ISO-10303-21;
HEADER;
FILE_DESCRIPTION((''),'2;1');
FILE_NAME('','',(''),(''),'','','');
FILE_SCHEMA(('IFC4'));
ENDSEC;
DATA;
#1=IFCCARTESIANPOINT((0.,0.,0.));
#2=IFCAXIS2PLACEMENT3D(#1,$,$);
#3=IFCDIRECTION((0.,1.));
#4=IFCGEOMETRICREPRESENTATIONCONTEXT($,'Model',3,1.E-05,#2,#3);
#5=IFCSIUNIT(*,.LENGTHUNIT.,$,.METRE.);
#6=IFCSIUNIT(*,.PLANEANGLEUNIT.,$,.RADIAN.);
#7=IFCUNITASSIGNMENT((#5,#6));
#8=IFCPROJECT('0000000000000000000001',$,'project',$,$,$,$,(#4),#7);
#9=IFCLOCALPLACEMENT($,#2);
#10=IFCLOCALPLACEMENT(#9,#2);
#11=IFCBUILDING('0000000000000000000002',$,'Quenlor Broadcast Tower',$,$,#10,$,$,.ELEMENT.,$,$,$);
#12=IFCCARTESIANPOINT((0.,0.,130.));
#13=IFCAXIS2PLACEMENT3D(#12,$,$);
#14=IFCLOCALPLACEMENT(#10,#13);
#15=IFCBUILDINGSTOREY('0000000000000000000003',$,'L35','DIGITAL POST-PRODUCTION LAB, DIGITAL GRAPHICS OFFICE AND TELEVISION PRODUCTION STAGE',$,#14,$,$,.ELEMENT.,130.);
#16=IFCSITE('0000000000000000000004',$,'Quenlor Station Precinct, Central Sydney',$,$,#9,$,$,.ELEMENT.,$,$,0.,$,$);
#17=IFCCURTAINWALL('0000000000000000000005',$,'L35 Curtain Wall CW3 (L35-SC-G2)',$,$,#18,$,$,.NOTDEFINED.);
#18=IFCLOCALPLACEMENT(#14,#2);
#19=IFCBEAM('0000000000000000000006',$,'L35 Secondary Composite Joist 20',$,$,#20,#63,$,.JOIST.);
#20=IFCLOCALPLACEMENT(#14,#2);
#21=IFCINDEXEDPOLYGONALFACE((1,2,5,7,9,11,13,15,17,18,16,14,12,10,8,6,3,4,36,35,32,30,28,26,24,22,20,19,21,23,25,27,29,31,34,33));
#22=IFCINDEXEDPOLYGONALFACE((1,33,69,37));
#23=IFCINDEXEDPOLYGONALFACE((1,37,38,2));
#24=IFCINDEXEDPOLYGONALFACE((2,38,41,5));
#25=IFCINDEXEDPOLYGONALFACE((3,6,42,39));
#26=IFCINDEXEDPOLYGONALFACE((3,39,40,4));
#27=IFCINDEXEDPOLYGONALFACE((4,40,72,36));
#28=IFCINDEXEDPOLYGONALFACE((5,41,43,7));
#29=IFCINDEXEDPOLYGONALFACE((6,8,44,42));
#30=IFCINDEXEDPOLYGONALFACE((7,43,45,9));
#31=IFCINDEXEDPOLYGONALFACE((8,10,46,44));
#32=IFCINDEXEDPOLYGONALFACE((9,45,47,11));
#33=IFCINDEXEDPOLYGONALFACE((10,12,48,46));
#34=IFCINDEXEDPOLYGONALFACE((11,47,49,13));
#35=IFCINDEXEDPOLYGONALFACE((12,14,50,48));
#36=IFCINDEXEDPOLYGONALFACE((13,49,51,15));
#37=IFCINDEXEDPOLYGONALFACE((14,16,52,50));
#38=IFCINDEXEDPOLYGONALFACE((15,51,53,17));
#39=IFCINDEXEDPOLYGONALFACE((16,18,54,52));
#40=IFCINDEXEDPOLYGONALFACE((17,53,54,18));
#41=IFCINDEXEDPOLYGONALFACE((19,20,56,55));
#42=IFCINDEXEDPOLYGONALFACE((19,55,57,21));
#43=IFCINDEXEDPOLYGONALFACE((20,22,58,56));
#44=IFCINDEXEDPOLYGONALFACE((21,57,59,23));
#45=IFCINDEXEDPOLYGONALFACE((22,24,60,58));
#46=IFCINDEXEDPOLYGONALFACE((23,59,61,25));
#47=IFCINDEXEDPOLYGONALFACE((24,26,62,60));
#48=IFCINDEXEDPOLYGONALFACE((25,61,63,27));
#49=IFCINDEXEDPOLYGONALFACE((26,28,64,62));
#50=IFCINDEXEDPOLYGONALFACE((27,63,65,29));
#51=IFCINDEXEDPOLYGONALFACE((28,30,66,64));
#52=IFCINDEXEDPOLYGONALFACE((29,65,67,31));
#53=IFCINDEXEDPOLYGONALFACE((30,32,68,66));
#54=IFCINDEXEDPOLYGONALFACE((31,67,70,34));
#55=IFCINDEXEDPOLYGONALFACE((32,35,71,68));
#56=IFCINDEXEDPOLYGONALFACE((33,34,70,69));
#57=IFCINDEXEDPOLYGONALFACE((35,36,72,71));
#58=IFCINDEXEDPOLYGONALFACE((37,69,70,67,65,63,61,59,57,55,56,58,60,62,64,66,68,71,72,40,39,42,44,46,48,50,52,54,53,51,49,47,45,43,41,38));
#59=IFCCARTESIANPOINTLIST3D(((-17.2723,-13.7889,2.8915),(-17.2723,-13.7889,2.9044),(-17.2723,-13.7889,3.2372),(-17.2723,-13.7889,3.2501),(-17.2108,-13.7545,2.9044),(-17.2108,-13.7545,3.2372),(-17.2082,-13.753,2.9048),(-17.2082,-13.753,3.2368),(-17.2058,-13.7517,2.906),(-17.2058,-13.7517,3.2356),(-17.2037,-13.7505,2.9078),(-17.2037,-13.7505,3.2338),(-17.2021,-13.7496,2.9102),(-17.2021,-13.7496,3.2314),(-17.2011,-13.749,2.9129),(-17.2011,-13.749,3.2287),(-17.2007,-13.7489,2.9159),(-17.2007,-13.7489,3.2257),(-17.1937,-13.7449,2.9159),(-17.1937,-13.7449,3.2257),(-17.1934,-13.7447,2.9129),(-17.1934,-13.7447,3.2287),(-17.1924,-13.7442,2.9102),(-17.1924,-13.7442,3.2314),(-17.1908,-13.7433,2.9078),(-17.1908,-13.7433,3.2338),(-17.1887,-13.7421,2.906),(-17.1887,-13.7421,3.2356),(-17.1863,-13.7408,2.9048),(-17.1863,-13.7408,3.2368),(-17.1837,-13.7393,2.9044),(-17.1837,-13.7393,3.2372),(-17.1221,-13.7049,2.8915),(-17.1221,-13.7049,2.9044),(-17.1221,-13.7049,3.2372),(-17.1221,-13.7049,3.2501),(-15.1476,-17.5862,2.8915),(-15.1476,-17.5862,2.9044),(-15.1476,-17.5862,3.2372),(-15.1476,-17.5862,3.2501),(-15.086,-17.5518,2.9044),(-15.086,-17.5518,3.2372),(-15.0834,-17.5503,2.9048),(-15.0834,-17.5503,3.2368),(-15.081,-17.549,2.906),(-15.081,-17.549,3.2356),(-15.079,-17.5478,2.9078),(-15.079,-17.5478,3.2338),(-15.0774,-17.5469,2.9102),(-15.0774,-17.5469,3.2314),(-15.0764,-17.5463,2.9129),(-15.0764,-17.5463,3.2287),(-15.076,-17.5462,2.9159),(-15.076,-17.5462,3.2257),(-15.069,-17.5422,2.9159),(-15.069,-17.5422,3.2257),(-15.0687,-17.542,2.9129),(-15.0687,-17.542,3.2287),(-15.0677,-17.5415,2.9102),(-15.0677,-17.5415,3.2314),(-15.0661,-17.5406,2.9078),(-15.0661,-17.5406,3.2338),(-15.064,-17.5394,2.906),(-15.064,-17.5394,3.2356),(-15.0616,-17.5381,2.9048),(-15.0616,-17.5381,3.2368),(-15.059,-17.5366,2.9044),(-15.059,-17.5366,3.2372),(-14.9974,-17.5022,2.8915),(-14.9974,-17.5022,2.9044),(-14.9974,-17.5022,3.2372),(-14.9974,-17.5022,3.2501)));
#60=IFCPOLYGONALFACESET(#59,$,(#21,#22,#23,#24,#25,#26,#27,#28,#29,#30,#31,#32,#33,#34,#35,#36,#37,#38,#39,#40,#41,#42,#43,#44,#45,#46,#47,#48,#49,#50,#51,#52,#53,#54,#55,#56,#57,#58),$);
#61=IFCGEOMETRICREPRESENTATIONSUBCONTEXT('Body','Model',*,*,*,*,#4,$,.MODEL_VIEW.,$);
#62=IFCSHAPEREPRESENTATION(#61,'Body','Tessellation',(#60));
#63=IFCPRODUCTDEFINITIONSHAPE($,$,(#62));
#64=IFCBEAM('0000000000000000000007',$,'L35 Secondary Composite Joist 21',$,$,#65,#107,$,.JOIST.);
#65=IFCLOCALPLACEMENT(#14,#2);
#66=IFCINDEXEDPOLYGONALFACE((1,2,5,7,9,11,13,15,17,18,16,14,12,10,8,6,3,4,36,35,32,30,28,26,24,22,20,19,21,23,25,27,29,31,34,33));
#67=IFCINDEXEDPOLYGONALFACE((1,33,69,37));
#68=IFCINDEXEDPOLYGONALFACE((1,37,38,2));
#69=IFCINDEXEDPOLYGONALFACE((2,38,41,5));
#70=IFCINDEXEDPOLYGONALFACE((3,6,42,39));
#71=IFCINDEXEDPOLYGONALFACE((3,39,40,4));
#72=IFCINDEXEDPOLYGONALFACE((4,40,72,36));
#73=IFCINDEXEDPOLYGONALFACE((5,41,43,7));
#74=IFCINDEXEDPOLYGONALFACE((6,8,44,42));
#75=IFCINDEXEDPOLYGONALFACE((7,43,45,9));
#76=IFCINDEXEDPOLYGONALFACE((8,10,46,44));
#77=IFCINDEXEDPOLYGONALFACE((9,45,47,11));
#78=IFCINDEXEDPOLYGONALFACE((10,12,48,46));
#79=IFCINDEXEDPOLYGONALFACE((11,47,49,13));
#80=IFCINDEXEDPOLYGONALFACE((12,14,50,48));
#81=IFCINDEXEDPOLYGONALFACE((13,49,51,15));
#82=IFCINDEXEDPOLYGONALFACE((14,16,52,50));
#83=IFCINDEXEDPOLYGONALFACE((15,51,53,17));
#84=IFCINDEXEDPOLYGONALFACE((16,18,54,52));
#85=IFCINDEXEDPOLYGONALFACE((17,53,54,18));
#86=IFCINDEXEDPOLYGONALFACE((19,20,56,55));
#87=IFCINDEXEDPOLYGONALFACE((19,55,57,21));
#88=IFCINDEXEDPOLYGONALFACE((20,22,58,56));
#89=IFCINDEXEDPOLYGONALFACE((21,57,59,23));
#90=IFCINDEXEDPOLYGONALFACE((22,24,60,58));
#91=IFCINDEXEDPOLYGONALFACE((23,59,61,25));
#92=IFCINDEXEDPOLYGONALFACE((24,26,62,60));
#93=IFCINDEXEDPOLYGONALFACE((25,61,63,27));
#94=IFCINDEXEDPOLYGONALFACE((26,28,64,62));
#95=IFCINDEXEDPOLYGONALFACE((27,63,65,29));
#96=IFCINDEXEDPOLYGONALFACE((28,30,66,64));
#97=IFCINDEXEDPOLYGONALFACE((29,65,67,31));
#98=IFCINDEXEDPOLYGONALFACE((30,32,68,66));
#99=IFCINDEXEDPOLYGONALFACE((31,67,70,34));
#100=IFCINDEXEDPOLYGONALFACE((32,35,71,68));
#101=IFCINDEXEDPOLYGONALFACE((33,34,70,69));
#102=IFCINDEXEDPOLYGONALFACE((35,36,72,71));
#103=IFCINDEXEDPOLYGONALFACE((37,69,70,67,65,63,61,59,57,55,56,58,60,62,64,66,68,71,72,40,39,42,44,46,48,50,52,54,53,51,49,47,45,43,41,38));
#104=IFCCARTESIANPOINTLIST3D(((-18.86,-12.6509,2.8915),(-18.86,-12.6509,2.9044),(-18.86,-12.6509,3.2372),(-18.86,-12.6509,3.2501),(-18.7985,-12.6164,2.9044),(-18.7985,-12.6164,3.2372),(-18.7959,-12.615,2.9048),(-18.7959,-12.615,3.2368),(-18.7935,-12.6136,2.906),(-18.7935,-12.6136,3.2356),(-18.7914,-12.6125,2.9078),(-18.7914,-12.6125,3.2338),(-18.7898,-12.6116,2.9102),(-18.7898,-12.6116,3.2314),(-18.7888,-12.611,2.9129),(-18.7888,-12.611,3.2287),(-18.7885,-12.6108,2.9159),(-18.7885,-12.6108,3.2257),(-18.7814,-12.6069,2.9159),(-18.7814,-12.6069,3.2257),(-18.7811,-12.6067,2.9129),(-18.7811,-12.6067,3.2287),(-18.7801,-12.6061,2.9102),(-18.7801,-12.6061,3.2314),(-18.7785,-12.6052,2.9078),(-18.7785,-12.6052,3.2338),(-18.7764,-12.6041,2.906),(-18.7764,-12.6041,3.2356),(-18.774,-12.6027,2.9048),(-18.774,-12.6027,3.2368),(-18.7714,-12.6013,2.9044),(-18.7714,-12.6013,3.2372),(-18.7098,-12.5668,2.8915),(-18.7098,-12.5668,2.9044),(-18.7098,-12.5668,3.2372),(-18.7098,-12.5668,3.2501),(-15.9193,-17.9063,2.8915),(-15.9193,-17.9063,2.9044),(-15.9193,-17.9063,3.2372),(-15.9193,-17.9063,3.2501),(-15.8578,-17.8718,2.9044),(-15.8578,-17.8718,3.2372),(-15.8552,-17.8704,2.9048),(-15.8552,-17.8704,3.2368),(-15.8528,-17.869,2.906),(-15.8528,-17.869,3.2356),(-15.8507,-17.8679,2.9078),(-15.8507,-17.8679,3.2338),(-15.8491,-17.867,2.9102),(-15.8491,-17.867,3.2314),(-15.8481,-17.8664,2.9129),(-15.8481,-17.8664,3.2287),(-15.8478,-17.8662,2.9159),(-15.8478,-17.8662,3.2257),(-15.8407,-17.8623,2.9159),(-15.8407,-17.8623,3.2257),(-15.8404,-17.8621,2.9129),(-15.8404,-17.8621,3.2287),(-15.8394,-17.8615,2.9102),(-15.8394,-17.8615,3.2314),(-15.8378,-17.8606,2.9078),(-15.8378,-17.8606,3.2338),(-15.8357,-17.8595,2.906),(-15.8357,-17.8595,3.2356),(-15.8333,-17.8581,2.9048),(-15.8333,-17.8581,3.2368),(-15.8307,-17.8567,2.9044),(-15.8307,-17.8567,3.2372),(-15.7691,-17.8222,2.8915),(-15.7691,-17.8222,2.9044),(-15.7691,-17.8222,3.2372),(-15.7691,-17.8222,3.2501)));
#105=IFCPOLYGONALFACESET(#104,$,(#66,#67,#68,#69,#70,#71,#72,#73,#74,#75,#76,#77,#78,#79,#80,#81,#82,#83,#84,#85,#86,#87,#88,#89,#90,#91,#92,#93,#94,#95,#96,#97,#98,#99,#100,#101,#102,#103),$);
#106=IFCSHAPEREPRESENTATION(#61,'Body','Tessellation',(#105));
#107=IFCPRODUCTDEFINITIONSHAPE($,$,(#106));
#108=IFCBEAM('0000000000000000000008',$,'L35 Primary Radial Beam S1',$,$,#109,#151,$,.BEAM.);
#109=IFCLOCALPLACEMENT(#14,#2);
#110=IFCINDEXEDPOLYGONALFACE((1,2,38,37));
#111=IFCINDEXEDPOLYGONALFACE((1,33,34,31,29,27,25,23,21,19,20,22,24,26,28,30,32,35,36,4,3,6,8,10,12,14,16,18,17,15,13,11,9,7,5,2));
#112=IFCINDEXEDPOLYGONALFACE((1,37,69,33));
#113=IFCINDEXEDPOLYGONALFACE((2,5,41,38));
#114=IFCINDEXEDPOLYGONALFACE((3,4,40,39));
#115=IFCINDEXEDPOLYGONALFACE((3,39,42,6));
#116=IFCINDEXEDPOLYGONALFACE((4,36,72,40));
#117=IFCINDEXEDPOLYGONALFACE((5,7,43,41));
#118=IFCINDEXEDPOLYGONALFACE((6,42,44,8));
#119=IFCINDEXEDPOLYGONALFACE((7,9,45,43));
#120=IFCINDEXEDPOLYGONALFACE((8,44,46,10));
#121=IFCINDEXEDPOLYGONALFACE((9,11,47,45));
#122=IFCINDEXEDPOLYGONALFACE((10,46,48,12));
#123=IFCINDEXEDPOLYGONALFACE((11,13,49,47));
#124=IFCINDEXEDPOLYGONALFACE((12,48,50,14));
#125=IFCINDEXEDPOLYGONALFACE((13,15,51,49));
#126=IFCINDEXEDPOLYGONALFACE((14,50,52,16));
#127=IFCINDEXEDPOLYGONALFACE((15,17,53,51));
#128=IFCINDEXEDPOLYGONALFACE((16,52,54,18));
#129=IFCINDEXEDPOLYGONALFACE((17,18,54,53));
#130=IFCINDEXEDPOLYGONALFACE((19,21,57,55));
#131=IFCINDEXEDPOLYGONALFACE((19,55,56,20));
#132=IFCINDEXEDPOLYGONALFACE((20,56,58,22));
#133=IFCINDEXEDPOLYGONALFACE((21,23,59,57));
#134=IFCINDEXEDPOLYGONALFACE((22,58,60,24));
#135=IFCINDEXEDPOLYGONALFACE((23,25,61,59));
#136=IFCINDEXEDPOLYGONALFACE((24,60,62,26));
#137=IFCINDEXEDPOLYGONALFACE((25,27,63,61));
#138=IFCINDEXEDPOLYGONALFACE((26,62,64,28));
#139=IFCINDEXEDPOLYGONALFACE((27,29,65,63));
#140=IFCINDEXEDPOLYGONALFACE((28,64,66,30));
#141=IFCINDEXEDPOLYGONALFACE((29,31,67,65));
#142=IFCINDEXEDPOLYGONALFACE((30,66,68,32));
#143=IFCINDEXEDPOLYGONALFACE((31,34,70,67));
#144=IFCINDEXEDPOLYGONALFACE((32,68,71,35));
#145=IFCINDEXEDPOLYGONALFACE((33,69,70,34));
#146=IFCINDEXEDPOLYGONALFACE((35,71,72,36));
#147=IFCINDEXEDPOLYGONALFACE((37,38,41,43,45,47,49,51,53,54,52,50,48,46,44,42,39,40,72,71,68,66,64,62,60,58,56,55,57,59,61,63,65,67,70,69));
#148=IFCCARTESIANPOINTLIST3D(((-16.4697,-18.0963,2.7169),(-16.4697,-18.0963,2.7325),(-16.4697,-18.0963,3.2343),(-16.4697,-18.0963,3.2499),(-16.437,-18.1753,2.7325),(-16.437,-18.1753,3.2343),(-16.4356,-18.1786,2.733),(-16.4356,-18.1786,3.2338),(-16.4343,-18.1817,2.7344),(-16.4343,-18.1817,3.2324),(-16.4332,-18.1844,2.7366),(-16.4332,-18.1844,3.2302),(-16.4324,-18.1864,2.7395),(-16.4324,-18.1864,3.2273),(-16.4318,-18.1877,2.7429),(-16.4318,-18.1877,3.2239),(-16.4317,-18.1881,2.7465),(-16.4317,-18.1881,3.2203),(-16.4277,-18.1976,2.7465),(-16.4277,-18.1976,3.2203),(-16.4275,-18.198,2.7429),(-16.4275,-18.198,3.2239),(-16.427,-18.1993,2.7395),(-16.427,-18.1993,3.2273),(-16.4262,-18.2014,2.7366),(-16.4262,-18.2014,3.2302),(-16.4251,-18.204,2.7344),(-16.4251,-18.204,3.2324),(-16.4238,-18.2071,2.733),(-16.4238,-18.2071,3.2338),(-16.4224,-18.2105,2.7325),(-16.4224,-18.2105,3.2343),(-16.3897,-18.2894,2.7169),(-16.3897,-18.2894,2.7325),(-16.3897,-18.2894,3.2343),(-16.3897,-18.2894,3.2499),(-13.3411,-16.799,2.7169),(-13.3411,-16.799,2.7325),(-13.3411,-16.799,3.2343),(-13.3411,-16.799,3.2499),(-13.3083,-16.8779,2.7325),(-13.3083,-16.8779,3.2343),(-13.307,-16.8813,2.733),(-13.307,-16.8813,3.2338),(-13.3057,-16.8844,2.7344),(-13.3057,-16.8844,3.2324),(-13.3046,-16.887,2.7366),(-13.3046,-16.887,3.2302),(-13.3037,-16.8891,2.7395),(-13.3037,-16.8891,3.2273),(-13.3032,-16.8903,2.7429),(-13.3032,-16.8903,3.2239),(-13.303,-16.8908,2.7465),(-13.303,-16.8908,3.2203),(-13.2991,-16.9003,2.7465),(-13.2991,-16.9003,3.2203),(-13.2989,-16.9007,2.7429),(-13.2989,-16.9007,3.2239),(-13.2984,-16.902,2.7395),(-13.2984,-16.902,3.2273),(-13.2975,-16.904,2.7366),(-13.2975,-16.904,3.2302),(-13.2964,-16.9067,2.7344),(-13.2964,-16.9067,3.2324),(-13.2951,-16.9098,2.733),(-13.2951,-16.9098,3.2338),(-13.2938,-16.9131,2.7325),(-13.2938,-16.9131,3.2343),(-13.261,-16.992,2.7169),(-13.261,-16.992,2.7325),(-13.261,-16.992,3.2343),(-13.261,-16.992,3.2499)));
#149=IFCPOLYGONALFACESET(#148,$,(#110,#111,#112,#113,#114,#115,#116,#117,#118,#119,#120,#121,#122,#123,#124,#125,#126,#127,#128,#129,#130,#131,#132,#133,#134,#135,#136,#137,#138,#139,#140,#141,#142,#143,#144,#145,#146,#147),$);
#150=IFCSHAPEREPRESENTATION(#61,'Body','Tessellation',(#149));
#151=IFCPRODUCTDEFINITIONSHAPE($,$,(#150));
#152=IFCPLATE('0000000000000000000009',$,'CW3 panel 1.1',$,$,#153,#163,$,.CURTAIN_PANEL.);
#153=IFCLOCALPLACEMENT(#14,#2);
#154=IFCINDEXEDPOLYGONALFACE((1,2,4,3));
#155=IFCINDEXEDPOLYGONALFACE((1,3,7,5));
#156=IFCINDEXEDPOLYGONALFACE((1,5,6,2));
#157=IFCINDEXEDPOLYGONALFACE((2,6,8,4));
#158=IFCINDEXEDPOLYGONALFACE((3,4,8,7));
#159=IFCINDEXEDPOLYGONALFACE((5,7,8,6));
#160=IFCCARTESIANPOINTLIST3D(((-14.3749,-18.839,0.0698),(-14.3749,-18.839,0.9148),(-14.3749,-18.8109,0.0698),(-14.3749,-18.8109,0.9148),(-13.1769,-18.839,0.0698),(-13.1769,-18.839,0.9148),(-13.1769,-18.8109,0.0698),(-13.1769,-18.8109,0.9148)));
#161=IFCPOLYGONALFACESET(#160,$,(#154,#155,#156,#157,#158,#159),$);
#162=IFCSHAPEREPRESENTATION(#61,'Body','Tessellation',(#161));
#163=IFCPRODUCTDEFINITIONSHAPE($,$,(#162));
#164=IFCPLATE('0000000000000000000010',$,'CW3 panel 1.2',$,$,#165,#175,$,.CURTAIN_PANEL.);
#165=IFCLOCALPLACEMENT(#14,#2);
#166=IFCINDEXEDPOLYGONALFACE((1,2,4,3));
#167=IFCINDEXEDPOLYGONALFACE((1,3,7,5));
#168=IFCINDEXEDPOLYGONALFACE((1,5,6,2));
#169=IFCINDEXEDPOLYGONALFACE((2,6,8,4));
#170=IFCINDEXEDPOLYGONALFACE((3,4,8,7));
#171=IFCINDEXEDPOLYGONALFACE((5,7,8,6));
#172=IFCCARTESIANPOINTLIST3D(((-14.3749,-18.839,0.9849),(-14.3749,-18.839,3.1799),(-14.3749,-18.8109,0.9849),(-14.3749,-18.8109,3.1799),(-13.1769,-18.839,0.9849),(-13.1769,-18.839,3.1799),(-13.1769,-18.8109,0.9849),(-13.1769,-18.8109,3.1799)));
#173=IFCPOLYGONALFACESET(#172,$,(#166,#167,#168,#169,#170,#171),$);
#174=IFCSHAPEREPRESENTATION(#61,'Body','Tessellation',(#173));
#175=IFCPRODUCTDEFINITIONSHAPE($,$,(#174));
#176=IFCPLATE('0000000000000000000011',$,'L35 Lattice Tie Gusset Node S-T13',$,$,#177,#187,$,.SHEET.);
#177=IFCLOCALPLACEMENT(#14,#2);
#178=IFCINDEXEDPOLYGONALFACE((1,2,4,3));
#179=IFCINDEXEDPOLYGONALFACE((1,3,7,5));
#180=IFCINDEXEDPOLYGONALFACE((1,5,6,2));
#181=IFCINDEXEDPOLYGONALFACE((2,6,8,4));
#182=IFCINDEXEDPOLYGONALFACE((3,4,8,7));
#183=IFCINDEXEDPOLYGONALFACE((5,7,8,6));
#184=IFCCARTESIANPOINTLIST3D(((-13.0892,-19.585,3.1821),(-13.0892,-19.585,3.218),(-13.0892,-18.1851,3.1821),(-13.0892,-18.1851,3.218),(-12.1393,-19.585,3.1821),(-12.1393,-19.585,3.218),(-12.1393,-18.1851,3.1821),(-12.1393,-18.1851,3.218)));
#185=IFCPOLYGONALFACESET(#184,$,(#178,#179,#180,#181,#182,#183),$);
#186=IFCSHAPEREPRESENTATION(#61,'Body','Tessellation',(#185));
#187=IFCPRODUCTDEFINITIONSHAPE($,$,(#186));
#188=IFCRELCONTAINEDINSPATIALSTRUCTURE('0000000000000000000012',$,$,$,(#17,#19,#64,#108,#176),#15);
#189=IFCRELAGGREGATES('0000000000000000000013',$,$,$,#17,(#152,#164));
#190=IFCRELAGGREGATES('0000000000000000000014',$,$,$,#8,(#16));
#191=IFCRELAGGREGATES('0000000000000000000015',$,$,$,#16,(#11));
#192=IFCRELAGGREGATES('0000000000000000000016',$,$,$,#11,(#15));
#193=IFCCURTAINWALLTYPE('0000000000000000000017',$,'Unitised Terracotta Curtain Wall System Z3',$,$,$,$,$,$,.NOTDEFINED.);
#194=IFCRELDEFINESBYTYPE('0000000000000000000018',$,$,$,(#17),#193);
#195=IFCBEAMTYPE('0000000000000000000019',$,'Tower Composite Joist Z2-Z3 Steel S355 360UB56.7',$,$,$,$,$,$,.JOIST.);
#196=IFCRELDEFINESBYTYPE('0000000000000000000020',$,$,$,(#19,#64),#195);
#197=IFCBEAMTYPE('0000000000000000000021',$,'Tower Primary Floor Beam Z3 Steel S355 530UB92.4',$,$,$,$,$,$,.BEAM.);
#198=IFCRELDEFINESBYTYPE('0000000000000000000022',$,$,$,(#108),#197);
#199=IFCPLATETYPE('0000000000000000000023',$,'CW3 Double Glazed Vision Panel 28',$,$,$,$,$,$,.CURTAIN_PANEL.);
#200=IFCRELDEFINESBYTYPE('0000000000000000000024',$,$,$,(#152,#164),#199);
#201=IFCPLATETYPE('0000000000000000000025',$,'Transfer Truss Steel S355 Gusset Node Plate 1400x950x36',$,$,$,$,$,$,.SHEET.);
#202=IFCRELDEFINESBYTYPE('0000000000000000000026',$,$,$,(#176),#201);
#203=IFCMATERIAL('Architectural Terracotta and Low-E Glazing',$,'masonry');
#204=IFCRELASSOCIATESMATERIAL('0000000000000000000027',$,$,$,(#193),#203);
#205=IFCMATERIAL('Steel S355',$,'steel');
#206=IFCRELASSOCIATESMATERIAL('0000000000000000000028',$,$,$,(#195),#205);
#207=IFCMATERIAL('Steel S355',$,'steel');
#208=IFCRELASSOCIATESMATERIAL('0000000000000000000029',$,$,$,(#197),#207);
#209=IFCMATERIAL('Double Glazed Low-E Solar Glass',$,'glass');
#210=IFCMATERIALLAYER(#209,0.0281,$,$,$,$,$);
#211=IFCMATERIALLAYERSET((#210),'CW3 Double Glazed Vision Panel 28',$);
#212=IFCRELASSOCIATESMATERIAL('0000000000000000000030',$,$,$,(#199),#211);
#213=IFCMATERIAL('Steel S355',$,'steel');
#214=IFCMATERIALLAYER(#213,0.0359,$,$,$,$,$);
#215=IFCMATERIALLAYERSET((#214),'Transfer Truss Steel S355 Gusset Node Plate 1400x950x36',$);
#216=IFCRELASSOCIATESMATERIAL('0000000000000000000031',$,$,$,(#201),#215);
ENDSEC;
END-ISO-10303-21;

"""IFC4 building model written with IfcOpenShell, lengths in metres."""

from ifc_helpers import new_model, si_unit, direction, frame, origin, origin_2d, place, context, subcontext, project, spatial, rectangle, i_section, extrude, material, layer, layer_set, material_profile, profile_set, type_object, element, aggregate, save


model = new_model("IFC4")

# Units and contexts
model_context = context("Model", 3, precision=1e-05, world=origin(), true_north=direction((0.0, 1.0)))
body_context = subcontext(model_context, "Body", "Model", "MODEL_VIEW")
ifc_project = project(units=[si_unit("LENGTHUNIT", "METRE"), si_unit("PLANEANGLEUNIT", "RADIAN")], contexts=[model_context])

# Site, building, storey
site_placement = place(None, origin())
site = spatial("IfcSite", under=ifc_project, at=site_placement, Name="Quenlor Station Precinct, Central Sydney", CompositionType="ELEMENT", RefElevation=0.0)
building_placement = place(site_placement, origin())
building = spatial("IfcBuilding", under=site, at=building_placement, Name="Quenlor Broadcast Tower", CompositionType="ELEMENT")
storey_placement = place(building_placement, frame((0.0, 0.0, 130.0)))
storey = spatial("IfcBuildingStorey", under=building, at=storey_placement, Name="L35", Description="DIGITAL POST-PRODUCTION LAB, DIGITAL GRAPHICS OFFICE AND TELEVISION PRODUCTION STAGE", CompositionType="ELEMENT", Elevation=130.0)

# Curtain wall
ifc_material_1 = material(Name="Architectural Terracotta and Low-E Glazing", Category="masonry")
curtain_wall_type = type_object("IfcCurtainWallType", Name="Unitised Terracotta Curtain Wall System Z3", PredefinedType="NOTDEFINED", material=ifc_material_1)
curtain_wall_placement = place(storey_placement, origin())
curtain_wall = element("IfcCurtainWall", 1, at=curtain_wall_placement, inside=storey, type_object=curtain_wall_type, Name="L35 Curtain Wall CW3 (L35-SC-G2)", PredefinedType="NOTDEFINED")

# Beams
ifc_material_2 = material(Name="Steel S355", Category="steel")
ifc_material_profile_1 = material_profile(ifc_material_2, i_section(OverallWidth=0.1721, OverallDepth=0.3586, WebThickness=0.0081, FlangeThickness=0.0129, FilletRadius=0.0115, at=origin_2d()))
ifc_profile_set_1 = profile_set([ifc_material_profile_1], Name="Steel S355 360UB56.7")
beam_type_1 = type_object("IfcBeamType", Name="Tower Composite Joist Z2-Z3 Steel S355 360UB56.7", PredefinedType="JOIST", material=ifc_profile_set_1)
beam_1_placement = place(storey_placement, frame((-15.0725, -17.5442, 3.0708), z_axis=(-0.488294, 0.872679, 0.0), x_axis=(-0.872679, -0.488294, 0.0)))
element("IfcBeam", 2, at=beam_1_placement, inside=storey, type_object=beam_type_1, Name="L35 Secondary Composite Joist 20", PredefinedType="JOIST", context=body_context, shape_type="SweptSolid", body=[
    extrude(i_section(OverallWidth=0.1721, OverallDepth=0.3586, WebThickness=0.0081, FlangeThickness=0.0129, FilletRadius=0.0115, at=origin_2d()), origin(), (0.0, 0.0, 1.0), 4.3513),
])
beam_2_placement = place(storey_placement, frame((-15.8442, -17.8643, 3.0708), z_axis=(-0.488308, 0.872671, 0.0), x_axis=(-0.872671, -0.488308, 0.0)))
element("IfcBeam", 3, at=beam_2_placement, inside=storey, type_object=beam_type_1, Name="L35 Secondary Composite Joist 21", PredefinedType="JOIST", context=body_context, shape_type="SweptSolid", body=[
    extrude(i_section(OverallWidth=0.1721, OverallDepth=0.3586, WebThickness=0.0081, FlangeThickness=0.0129, FilletRadius=0.0115, at=origin_2d()), origin(), (0.0, 0.0, 1.0), 6.0222),
])
ifc_material_3 = material(Name="Steel S355", Category="steel")
ifc_material_profile_2 = material_profile(ifc_material_3, i_section(OverallWidth=0.209, OverallDepth=0.533, WebThickness=0.0103, FlangeThickness=0.0156, FilletRadius=0.0139, at=origin_2d()))
ifc_profile_set_2 = profile_set([ifc_material_profile_2], Name="Steel S355 530UB92.4")
beam_type_2 = type_object("IfcBeamType", Name="Tower Primary Floor Beam Z3 Steel S355 530UB92.4", PredefinedType="BEAM", material=ifc_profile_set_2)
beam_3_placement = place(storey_placement, frame((-16.4297, -18.1929, 2.9834), z_axis=(0.92373, 0.383044, 0.0), x_axis=(-0.383044, 0.92373, 0.0)))
element("IfcBeam", 4, at=beam_3_placement, inside=storey, type_object=beam_type_2, Name="L35 Primary Radial Beam S1", PredefinedType="BEAM", context=body_context, shape_type="SweptSolid", body=[
    extrude(i_section(OverallWidth=0.209, OverallDepth=0.533, WebThickness=0.0103, FlangeThickness=0.0156, FilletRadius=0.0139, at=origin_2d()), origin(), (0.0, 0.0, 1.0), 3.387),
])

# Plates
ifc_material_4 = material(Name="Double Glazed Low-E Solar Glass", Category="glass")
ifc_layer_1 = layer(ifc_material_4, 0.0281)
ifc_layer_set_1 = layer_set([ifc_layer_1], Name="CW3 Double Glazed Vision Panel 28")
plate_type_1 = type_object("IfcPlateType", Name="CW3 Double Glazed Vision Panel 28", PredefinedType="CURTAIN_PANEL", material=ifc_layer_set_1)
plate_1_placement = place(storey_placement, frame((-13.7759, -18.825, 0.0698), z_axis=(0.0, 0.0, 1.0), x_axis=(-1.0, 0.0, 0.0)))
plate_1 = element("IfcPlate", 5, at=plate_1_placement, type_object=plate_type_1, Name="CW3 panel 1.1", PredefinedType="CURTAIN_PANEL", context=body_context, shape_type="SweptSolid", body=[
    extrude(rectangle(XDim=1.198, YDim=0.0281, at=origin_2d()), origin(), (0.0, 0.0, 1.0), 0.845),
])
plate_2_placement = place(storey_placement, frame((-13.7759, -18.825, 0.9849), z_axis=(0.0, 0.0, 1.0), x_axis=(-1.0, 0.0, 0.0)))
plate_2 = element("IfcPlate", 6, at=plate_2_placement, type_object=plate_type_1, Name="CW3 panel 1.2", PredefinedType="CURTAIN_PANEL", context=body_context, shape_type="SweptSolid", body=[
    extrude(rectangle(XDim=1.198, YDim=0.0281, at=origin_2d()), origin(), (0.0, 0.0, 1.0), 2.1951),
])
aggregate(curtain_wall, [plate_1, plate_2])

# Plate
ifc_material_5 = material(Name="Steel S355", Category="steel")
ifc_layer_2 = layer(ifc_material_5, 0.0359)
ifc_layer_set_2 = layer_set([ifc_layer_2], Name="Transfer Truss Steel S355 Gusset Node Plate 1400x950x36")
plate_type_2 = type_object("IfcPlateType", Name="Transfer Truss Steel S355 Gusset Node Plate 1400x950x36", PredefinedType="SHEET", material=ifc_layer_set_2)
for number, where, z_axis, x_axis, name in (
    (7, (-12.6143, -18.885, 3.1821), (0.0, 0.0, 1.0), (0.0, -1.0, 0.0), "L35 Lattice Tie Gusset Node S-T13"),
):
    element("IfcPlate", number, at=place(storey_placement, frame(where, z_axis=z_axis, x_axis=x_axis)), inside=storey, type_object=plate_type_2, Name=name, PredefinedType="SHEET", context=body_context, shape_type="SweptSolid", body=[
        extrude(rectangle(XDim=1.3999, YDim=0.95, at=origin_2d()), origin(), (0.0, 0.0, 1.0), 0.0359),
    ])

save(model, "model.ifc")
